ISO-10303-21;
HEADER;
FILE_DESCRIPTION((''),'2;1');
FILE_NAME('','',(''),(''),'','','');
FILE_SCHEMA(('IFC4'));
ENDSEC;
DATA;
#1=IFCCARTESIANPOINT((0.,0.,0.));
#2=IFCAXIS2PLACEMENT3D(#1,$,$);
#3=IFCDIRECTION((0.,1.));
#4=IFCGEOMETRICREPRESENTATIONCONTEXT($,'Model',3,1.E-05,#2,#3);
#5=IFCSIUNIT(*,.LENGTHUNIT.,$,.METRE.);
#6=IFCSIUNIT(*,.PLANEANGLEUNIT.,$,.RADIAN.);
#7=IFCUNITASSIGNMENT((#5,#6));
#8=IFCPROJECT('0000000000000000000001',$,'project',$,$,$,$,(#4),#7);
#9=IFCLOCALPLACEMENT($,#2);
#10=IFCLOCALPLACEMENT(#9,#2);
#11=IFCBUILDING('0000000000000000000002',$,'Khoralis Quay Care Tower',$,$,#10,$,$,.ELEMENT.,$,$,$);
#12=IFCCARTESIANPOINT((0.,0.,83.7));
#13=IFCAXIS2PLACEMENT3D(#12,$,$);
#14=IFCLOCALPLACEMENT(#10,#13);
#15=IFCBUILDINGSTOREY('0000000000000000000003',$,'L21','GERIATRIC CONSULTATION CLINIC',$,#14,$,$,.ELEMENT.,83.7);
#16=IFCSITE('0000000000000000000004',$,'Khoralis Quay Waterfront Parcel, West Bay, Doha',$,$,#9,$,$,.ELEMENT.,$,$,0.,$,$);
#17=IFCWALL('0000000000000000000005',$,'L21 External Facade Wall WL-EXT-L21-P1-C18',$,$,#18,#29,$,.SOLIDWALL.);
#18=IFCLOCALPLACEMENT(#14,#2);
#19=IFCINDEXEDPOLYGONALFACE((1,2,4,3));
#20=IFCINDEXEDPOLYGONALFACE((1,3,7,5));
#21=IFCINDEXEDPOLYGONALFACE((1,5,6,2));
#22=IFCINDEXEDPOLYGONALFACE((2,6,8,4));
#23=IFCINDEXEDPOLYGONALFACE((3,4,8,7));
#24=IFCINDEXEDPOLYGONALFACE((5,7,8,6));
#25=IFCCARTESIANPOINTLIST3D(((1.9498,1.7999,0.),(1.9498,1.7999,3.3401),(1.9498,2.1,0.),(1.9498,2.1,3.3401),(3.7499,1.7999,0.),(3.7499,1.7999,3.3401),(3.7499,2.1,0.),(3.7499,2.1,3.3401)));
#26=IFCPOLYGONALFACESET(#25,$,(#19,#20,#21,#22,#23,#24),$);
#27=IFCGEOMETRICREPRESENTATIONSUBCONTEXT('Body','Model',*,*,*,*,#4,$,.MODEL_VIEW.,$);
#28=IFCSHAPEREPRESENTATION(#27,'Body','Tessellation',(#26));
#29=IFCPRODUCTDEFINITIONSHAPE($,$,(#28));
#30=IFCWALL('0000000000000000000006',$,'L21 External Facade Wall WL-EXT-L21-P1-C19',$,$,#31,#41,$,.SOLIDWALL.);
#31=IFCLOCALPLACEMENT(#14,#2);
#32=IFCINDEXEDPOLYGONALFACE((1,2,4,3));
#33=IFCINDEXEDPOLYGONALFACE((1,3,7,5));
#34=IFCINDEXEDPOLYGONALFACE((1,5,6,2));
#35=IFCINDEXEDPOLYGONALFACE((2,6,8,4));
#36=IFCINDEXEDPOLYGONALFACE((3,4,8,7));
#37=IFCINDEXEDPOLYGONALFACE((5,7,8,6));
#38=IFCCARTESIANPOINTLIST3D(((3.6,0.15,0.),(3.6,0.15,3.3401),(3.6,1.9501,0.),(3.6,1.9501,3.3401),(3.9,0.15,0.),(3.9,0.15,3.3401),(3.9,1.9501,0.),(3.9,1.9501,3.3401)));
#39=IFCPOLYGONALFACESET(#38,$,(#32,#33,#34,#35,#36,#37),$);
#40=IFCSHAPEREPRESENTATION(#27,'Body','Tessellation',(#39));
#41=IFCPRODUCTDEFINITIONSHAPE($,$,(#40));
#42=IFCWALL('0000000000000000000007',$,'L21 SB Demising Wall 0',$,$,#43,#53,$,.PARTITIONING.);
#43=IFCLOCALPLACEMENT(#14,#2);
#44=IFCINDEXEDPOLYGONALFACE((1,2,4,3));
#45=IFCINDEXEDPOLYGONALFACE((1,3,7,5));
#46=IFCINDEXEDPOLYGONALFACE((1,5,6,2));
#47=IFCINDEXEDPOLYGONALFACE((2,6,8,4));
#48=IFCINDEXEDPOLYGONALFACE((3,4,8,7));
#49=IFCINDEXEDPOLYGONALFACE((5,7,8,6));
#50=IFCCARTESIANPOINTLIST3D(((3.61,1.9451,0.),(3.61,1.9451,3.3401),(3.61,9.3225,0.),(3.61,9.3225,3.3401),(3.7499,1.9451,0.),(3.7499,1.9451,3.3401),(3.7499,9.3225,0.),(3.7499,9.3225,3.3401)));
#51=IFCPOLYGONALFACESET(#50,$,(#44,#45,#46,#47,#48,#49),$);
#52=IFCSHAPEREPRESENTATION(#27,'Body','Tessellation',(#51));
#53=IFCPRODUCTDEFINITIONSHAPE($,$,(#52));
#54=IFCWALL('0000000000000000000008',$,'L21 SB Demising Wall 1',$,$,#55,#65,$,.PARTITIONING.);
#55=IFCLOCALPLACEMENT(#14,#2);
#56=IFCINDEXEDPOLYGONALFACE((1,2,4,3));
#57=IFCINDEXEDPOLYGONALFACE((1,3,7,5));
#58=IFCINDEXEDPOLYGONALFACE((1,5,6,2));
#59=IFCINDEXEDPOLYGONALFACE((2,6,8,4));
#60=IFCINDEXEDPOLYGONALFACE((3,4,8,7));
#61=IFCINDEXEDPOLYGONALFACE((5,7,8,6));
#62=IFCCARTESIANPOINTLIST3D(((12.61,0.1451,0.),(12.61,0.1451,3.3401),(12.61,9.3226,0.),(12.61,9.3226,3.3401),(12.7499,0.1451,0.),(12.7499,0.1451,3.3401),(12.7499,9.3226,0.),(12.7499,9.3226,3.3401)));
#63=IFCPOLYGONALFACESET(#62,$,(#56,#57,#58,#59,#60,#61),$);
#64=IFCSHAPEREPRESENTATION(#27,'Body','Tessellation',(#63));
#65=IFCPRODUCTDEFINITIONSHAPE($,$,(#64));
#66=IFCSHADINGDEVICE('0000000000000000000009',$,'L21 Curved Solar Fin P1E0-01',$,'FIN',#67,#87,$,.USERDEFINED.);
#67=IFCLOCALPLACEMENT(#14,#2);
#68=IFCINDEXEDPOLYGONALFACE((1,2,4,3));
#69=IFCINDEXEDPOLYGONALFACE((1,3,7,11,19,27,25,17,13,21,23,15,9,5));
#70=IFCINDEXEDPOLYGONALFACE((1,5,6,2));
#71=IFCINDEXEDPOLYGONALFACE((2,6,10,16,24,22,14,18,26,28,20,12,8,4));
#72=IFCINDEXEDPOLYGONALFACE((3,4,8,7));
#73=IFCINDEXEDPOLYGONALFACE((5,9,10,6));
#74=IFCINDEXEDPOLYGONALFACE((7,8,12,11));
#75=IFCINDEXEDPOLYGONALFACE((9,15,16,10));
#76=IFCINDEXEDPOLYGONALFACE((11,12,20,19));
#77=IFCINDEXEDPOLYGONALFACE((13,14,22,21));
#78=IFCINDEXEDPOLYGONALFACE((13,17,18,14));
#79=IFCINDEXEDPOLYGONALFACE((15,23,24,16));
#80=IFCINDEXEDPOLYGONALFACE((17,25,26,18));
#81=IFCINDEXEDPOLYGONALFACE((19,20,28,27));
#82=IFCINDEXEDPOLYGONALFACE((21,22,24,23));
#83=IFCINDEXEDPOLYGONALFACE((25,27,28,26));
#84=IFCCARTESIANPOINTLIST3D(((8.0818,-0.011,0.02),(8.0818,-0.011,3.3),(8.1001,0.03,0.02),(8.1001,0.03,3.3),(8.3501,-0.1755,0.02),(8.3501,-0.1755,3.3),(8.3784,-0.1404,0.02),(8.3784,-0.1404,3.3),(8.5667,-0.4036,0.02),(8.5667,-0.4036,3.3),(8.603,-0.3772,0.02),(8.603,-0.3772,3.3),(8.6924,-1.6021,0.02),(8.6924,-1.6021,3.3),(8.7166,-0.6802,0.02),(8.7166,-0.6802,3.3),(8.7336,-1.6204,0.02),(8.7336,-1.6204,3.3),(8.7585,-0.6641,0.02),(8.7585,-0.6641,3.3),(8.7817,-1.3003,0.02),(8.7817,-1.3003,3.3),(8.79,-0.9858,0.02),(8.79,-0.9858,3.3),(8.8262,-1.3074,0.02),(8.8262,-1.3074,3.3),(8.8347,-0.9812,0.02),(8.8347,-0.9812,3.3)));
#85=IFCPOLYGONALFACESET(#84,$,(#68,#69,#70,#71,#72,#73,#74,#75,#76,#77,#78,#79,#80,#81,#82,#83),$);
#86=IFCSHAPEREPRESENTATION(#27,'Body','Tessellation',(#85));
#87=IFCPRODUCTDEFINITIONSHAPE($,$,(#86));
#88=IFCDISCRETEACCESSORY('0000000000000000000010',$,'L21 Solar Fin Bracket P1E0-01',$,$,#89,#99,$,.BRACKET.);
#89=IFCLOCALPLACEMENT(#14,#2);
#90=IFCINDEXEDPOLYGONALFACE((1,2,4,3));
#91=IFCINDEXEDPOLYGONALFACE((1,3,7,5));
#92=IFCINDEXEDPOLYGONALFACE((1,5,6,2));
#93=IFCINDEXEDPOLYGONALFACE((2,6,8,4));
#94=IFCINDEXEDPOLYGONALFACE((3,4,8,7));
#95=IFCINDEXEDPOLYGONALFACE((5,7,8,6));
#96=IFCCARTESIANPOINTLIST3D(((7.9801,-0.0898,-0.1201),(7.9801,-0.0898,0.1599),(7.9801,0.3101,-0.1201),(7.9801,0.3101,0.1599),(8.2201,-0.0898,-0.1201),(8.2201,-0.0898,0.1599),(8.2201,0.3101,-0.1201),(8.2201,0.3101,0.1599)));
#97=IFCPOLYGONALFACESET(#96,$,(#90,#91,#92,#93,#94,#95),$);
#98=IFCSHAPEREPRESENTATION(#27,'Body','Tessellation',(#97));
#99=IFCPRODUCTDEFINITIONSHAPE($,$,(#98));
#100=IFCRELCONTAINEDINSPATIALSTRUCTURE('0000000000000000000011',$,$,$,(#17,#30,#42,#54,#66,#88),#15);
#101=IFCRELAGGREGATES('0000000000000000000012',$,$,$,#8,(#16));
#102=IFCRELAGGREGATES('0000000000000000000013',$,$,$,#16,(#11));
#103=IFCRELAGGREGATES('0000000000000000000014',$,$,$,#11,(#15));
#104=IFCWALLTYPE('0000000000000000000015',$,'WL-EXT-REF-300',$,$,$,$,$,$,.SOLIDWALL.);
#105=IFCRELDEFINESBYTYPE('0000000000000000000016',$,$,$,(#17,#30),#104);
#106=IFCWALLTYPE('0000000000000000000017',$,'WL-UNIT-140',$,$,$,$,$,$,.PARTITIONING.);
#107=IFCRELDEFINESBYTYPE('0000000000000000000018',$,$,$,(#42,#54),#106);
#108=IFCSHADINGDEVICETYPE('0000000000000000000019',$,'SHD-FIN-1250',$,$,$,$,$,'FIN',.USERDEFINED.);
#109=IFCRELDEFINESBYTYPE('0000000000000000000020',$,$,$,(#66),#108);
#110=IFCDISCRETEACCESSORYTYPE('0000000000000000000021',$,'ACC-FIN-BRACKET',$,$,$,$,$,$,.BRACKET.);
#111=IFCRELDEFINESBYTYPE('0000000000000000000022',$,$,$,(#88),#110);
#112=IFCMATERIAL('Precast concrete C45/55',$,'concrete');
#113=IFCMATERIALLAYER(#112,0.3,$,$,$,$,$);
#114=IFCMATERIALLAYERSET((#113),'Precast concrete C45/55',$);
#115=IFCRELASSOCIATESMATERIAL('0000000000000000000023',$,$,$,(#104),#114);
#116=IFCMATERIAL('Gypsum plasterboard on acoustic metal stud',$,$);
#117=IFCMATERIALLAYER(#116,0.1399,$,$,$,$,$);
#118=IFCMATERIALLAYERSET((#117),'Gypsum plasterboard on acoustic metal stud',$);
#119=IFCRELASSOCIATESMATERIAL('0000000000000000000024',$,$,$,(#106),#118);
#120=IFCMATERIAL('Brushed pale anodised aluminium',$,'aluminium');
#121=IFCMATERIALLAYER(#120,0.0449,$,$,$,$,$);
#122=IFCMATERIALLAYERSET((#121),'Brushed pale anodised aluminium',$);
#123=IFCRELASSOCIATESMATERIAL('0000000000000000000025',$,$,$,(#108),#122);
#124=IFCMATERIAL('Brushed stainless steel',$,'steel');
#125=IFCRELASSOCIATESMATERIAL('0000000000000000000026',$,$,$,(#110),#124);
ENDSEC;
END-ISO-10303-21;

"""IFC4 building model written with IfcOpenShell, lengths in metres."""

from ifc_helpers import new_model, si_unit, direction, frame, frame_2d, origin, origin_2d, place, context, subcontext, project, spatial, polyline, rectangle, outline, extrude, source, transform, mapped, material, layer, layer_set, type_object, element, save


model = new_model("IFC4")

# Units and contexts
model_context = context("Model", 3, precision=1e-05, world=origin(), true_north=direction((0.0, 1.0)))
body_context = subcontext(model_context, "Body", "Model", "MODEL_VIEW")
ifc_project = project(units=[si_unit("LENGTHUNIT", "METRE"), si_unit("PLANEANGLEUNIT", "RADIAN")], contexts=[model_context])

# Site, building, storey
site_placement = place(None, origin())
site = spatial("IfcSite", under=ifc_project, at=site_placement, Name="Khoralis Quay Waterfront Parcel, West Bay, Doha", CompositionType="ELEMENT", RefElevation=0.0)
building_placement = place(site_placement, origin())
building = spatial("IfcBuilding", under=site, at=building_placement, Name="Khoralis Quay Care Tower", CompositionType="ELEMENT")
storey_placement = place(building_placement, frame((0.0, 0.0, 83.7)))
storey = spatial("IfcBuildingStorey", under=building, at=storey_placement, Name="L21", Description="GERIATRIC CONSULTATION CLINIC", CompositionType="ELEMENT", Elevation=83.7)

# Shared definitions
ifc_material_1 = material(Name="Precast concrete C45/55", Category="concrete")

# Shared definitions
ifc_layer_1 = layer(ifc_material_1, 0.3)
ifc_layer_set_1 = layer_set([ifc_layer_1], Name="Precast concrete C45/55")
wall_type_1 = type_object("IfcWallType", Name="WL-EXT-REF-300", PredefinedType="SOLIDWALL", material=ifc_layer_set_1)

# Walls
for number, where, z_axis, x_axis, name in (
    (1, (1.95, 1.95, 0.0), (0.0, 0.0, 1.0), (1.0, 0.0, 0.0), "L21 External Facade Wall WL-EXT-L21-P1-C18"),
    (2, (3.75, 1.95, 0.0), (0.0, 0.0, 1.0), (0.0, -1.0, 0.0), "L21 External Facade Wall WL-EXT-L21-P1-C19"),
):
    element("IfcWall", number, at=place(storey_placement, frame(where, z_axis=z_axis, x_axis=x_axis)), inside=storey, type_object=wall_type_1, Name=name, PredefinedType="SOLIDWALL", context=body_context, shape_type="SweptSolid", body=[
        extrude(rectangle(XDim=1.8, YDim=0.3, at=frame_2d((0.8999, 0.0))), origin(), (0.0, 0.0, 1.0), 3.3401),
    ])
ifc_material_2 = material(Name="Gypsum plasterboard on acoustic metal stud")
ifc_layer_2 = layer(ifc_material_2, 0.1399)
ifc_layer_set_2 = layer_set([ifc_layer_2], Name="Gypsum plasterboard on acoustic metal stud")
wall_type_2 = type_object("IfcWallType", Name="WL-UNIT-140", PredefinedType="PARTITIONING", material=ifc_layer_set_2)
wall_1_placement = place(storey_placement, frame((3.6799, 1.9451, 0.0), z_axis=(0.0, 0.0, 1.0), x_axis=(0.0, 1.0, 0.0)))
element("IfcWall", 3, at=wall_1_placement, inside=storey, type_object=wall_type_2, Name="L21 SB Demising Wall 0", PredefinedType="PARTITIONING", context=body_context, shape_type="SweptSolid", body=[
    extrude(rectangle(XDim=7.3774, YDim=0.1399, at=frame_2d((3.6887, 0.0))), origin(), (0.0, 0.0, 1.0), 3.3401),
])
wall_2_placement = place(storey_placement, frame((12.6799, 0.145, 0.0), z_axis=(0.0, 0.0, 1.0), x_axis=(0.0, 1.0, 0.0)))
element("IfcWall", 4, at=wall_2_placement, inside=storey, type_object=wall_type_2, Name="L21 SB Demising Wall 1", PredefinedType="PARTITIONING", context=body_context, shape_type="SweptSolid", body=[
    extrude(rectangle(XDim=9.1775, YDim=0.1399, at=frame_2d((4.5889, 0.0))), origin(), (0.0, 0.0, 1.0), 3.3401),
])

# Shading device
ifc_material_3 = material(Name="Brushed pale anodised aluminium", Category="aluminium")
ifc_layer_3 = layer(ifc_material_3, 0.0449)
ifc_layer_set_3 = layer_set([ifc_layer_3], Name="Brushed pale anodised aluminium")
shading_device_type = type_object("IfcShadingDeviceType", Name="SHD-FIN-1250", ElementType="FIN", PredefinedType="USERDEFINED", material=ifc_layer_set_3)
shared_shape_1 = source(origin(), body_context, "Body", "SweptSolid", [
    extrude(outline(polyline([(0.0, 0.0), (0.1704, 0.2783), (0.4072, 0.5029), (0.6941, 0.6584), (1.0112, 0.7346), (1.3374, 0.7261), (1.6504, 0.6335), (1.6321, 0.5923), (1.3303, 0.6816), (1.0159, 0.6899), (0.7102, 0.6165), (0.4336, 0.4666), (0.2056, 0.25), (0.041, -0.0183), (0.0, 0.0)])), origin(), (0.0, 0.0, 1.0), 3.28),
])
shading_device_placement = place(storey_placement, frame((8.1001, 0.03, 0.02), z_axis=(0.0, 0.0, 1.0), x_axis=(0.0, -1.0, 0.0)))
element("IfcShadingDevice", 5, at=shading_device_placement, inside=storey, type_object=shading_device_type, Name="L21 Curved Solar Fin P1E0-01", ObjectType="FIN", PredefinedType="USERDEFINED", context=body_context, shape_type="MappedRepresentation", body=[
    mapped(shared_shape_1, transform((0.0, 0.0, 0.0), scale=1.0)),
])

# Discrete accessory
ifc_material_4 = material(Name="Brushed stainless steel", Category="steel")
discrete_accessory_type = type_object("IfcDiscreteAccessoryType", Name="ACC-FIN-BRACKET", PredefinedType="BRACKET", material=ifc_material_4)
shared_shape_2 = source(origin(), body_context, "Body", "SweptSolid", [
    extrude(rectangle(XDim=0.3999, YDim=0.24, at=origin_2d()), origin(), (0.0, 0.0, 1.0), 0.28),
])
discrete_accessory_placement = place(storey_placement, frame((8.1001, 0.1101, -0.1201), z_axis=(0.0, 0.0, 1.0), x_axis=(0.0, -1.0, 0.0)))
element("IfcDiscreteAccessory", 6, at=discrete_accessory_placement, inside=storey, type_object=discrete_accessory_type, Name="L21 Solar Fin Bracket P1E0-01", PredefinedType="BRACKET", context=body_context, shape_type="MappedRepresentation", body=[
    mapped(shared_shape_2, transform((0.0, 0.0, 0.0), scale=1.0)),
])

save(model, "model.ifc")
